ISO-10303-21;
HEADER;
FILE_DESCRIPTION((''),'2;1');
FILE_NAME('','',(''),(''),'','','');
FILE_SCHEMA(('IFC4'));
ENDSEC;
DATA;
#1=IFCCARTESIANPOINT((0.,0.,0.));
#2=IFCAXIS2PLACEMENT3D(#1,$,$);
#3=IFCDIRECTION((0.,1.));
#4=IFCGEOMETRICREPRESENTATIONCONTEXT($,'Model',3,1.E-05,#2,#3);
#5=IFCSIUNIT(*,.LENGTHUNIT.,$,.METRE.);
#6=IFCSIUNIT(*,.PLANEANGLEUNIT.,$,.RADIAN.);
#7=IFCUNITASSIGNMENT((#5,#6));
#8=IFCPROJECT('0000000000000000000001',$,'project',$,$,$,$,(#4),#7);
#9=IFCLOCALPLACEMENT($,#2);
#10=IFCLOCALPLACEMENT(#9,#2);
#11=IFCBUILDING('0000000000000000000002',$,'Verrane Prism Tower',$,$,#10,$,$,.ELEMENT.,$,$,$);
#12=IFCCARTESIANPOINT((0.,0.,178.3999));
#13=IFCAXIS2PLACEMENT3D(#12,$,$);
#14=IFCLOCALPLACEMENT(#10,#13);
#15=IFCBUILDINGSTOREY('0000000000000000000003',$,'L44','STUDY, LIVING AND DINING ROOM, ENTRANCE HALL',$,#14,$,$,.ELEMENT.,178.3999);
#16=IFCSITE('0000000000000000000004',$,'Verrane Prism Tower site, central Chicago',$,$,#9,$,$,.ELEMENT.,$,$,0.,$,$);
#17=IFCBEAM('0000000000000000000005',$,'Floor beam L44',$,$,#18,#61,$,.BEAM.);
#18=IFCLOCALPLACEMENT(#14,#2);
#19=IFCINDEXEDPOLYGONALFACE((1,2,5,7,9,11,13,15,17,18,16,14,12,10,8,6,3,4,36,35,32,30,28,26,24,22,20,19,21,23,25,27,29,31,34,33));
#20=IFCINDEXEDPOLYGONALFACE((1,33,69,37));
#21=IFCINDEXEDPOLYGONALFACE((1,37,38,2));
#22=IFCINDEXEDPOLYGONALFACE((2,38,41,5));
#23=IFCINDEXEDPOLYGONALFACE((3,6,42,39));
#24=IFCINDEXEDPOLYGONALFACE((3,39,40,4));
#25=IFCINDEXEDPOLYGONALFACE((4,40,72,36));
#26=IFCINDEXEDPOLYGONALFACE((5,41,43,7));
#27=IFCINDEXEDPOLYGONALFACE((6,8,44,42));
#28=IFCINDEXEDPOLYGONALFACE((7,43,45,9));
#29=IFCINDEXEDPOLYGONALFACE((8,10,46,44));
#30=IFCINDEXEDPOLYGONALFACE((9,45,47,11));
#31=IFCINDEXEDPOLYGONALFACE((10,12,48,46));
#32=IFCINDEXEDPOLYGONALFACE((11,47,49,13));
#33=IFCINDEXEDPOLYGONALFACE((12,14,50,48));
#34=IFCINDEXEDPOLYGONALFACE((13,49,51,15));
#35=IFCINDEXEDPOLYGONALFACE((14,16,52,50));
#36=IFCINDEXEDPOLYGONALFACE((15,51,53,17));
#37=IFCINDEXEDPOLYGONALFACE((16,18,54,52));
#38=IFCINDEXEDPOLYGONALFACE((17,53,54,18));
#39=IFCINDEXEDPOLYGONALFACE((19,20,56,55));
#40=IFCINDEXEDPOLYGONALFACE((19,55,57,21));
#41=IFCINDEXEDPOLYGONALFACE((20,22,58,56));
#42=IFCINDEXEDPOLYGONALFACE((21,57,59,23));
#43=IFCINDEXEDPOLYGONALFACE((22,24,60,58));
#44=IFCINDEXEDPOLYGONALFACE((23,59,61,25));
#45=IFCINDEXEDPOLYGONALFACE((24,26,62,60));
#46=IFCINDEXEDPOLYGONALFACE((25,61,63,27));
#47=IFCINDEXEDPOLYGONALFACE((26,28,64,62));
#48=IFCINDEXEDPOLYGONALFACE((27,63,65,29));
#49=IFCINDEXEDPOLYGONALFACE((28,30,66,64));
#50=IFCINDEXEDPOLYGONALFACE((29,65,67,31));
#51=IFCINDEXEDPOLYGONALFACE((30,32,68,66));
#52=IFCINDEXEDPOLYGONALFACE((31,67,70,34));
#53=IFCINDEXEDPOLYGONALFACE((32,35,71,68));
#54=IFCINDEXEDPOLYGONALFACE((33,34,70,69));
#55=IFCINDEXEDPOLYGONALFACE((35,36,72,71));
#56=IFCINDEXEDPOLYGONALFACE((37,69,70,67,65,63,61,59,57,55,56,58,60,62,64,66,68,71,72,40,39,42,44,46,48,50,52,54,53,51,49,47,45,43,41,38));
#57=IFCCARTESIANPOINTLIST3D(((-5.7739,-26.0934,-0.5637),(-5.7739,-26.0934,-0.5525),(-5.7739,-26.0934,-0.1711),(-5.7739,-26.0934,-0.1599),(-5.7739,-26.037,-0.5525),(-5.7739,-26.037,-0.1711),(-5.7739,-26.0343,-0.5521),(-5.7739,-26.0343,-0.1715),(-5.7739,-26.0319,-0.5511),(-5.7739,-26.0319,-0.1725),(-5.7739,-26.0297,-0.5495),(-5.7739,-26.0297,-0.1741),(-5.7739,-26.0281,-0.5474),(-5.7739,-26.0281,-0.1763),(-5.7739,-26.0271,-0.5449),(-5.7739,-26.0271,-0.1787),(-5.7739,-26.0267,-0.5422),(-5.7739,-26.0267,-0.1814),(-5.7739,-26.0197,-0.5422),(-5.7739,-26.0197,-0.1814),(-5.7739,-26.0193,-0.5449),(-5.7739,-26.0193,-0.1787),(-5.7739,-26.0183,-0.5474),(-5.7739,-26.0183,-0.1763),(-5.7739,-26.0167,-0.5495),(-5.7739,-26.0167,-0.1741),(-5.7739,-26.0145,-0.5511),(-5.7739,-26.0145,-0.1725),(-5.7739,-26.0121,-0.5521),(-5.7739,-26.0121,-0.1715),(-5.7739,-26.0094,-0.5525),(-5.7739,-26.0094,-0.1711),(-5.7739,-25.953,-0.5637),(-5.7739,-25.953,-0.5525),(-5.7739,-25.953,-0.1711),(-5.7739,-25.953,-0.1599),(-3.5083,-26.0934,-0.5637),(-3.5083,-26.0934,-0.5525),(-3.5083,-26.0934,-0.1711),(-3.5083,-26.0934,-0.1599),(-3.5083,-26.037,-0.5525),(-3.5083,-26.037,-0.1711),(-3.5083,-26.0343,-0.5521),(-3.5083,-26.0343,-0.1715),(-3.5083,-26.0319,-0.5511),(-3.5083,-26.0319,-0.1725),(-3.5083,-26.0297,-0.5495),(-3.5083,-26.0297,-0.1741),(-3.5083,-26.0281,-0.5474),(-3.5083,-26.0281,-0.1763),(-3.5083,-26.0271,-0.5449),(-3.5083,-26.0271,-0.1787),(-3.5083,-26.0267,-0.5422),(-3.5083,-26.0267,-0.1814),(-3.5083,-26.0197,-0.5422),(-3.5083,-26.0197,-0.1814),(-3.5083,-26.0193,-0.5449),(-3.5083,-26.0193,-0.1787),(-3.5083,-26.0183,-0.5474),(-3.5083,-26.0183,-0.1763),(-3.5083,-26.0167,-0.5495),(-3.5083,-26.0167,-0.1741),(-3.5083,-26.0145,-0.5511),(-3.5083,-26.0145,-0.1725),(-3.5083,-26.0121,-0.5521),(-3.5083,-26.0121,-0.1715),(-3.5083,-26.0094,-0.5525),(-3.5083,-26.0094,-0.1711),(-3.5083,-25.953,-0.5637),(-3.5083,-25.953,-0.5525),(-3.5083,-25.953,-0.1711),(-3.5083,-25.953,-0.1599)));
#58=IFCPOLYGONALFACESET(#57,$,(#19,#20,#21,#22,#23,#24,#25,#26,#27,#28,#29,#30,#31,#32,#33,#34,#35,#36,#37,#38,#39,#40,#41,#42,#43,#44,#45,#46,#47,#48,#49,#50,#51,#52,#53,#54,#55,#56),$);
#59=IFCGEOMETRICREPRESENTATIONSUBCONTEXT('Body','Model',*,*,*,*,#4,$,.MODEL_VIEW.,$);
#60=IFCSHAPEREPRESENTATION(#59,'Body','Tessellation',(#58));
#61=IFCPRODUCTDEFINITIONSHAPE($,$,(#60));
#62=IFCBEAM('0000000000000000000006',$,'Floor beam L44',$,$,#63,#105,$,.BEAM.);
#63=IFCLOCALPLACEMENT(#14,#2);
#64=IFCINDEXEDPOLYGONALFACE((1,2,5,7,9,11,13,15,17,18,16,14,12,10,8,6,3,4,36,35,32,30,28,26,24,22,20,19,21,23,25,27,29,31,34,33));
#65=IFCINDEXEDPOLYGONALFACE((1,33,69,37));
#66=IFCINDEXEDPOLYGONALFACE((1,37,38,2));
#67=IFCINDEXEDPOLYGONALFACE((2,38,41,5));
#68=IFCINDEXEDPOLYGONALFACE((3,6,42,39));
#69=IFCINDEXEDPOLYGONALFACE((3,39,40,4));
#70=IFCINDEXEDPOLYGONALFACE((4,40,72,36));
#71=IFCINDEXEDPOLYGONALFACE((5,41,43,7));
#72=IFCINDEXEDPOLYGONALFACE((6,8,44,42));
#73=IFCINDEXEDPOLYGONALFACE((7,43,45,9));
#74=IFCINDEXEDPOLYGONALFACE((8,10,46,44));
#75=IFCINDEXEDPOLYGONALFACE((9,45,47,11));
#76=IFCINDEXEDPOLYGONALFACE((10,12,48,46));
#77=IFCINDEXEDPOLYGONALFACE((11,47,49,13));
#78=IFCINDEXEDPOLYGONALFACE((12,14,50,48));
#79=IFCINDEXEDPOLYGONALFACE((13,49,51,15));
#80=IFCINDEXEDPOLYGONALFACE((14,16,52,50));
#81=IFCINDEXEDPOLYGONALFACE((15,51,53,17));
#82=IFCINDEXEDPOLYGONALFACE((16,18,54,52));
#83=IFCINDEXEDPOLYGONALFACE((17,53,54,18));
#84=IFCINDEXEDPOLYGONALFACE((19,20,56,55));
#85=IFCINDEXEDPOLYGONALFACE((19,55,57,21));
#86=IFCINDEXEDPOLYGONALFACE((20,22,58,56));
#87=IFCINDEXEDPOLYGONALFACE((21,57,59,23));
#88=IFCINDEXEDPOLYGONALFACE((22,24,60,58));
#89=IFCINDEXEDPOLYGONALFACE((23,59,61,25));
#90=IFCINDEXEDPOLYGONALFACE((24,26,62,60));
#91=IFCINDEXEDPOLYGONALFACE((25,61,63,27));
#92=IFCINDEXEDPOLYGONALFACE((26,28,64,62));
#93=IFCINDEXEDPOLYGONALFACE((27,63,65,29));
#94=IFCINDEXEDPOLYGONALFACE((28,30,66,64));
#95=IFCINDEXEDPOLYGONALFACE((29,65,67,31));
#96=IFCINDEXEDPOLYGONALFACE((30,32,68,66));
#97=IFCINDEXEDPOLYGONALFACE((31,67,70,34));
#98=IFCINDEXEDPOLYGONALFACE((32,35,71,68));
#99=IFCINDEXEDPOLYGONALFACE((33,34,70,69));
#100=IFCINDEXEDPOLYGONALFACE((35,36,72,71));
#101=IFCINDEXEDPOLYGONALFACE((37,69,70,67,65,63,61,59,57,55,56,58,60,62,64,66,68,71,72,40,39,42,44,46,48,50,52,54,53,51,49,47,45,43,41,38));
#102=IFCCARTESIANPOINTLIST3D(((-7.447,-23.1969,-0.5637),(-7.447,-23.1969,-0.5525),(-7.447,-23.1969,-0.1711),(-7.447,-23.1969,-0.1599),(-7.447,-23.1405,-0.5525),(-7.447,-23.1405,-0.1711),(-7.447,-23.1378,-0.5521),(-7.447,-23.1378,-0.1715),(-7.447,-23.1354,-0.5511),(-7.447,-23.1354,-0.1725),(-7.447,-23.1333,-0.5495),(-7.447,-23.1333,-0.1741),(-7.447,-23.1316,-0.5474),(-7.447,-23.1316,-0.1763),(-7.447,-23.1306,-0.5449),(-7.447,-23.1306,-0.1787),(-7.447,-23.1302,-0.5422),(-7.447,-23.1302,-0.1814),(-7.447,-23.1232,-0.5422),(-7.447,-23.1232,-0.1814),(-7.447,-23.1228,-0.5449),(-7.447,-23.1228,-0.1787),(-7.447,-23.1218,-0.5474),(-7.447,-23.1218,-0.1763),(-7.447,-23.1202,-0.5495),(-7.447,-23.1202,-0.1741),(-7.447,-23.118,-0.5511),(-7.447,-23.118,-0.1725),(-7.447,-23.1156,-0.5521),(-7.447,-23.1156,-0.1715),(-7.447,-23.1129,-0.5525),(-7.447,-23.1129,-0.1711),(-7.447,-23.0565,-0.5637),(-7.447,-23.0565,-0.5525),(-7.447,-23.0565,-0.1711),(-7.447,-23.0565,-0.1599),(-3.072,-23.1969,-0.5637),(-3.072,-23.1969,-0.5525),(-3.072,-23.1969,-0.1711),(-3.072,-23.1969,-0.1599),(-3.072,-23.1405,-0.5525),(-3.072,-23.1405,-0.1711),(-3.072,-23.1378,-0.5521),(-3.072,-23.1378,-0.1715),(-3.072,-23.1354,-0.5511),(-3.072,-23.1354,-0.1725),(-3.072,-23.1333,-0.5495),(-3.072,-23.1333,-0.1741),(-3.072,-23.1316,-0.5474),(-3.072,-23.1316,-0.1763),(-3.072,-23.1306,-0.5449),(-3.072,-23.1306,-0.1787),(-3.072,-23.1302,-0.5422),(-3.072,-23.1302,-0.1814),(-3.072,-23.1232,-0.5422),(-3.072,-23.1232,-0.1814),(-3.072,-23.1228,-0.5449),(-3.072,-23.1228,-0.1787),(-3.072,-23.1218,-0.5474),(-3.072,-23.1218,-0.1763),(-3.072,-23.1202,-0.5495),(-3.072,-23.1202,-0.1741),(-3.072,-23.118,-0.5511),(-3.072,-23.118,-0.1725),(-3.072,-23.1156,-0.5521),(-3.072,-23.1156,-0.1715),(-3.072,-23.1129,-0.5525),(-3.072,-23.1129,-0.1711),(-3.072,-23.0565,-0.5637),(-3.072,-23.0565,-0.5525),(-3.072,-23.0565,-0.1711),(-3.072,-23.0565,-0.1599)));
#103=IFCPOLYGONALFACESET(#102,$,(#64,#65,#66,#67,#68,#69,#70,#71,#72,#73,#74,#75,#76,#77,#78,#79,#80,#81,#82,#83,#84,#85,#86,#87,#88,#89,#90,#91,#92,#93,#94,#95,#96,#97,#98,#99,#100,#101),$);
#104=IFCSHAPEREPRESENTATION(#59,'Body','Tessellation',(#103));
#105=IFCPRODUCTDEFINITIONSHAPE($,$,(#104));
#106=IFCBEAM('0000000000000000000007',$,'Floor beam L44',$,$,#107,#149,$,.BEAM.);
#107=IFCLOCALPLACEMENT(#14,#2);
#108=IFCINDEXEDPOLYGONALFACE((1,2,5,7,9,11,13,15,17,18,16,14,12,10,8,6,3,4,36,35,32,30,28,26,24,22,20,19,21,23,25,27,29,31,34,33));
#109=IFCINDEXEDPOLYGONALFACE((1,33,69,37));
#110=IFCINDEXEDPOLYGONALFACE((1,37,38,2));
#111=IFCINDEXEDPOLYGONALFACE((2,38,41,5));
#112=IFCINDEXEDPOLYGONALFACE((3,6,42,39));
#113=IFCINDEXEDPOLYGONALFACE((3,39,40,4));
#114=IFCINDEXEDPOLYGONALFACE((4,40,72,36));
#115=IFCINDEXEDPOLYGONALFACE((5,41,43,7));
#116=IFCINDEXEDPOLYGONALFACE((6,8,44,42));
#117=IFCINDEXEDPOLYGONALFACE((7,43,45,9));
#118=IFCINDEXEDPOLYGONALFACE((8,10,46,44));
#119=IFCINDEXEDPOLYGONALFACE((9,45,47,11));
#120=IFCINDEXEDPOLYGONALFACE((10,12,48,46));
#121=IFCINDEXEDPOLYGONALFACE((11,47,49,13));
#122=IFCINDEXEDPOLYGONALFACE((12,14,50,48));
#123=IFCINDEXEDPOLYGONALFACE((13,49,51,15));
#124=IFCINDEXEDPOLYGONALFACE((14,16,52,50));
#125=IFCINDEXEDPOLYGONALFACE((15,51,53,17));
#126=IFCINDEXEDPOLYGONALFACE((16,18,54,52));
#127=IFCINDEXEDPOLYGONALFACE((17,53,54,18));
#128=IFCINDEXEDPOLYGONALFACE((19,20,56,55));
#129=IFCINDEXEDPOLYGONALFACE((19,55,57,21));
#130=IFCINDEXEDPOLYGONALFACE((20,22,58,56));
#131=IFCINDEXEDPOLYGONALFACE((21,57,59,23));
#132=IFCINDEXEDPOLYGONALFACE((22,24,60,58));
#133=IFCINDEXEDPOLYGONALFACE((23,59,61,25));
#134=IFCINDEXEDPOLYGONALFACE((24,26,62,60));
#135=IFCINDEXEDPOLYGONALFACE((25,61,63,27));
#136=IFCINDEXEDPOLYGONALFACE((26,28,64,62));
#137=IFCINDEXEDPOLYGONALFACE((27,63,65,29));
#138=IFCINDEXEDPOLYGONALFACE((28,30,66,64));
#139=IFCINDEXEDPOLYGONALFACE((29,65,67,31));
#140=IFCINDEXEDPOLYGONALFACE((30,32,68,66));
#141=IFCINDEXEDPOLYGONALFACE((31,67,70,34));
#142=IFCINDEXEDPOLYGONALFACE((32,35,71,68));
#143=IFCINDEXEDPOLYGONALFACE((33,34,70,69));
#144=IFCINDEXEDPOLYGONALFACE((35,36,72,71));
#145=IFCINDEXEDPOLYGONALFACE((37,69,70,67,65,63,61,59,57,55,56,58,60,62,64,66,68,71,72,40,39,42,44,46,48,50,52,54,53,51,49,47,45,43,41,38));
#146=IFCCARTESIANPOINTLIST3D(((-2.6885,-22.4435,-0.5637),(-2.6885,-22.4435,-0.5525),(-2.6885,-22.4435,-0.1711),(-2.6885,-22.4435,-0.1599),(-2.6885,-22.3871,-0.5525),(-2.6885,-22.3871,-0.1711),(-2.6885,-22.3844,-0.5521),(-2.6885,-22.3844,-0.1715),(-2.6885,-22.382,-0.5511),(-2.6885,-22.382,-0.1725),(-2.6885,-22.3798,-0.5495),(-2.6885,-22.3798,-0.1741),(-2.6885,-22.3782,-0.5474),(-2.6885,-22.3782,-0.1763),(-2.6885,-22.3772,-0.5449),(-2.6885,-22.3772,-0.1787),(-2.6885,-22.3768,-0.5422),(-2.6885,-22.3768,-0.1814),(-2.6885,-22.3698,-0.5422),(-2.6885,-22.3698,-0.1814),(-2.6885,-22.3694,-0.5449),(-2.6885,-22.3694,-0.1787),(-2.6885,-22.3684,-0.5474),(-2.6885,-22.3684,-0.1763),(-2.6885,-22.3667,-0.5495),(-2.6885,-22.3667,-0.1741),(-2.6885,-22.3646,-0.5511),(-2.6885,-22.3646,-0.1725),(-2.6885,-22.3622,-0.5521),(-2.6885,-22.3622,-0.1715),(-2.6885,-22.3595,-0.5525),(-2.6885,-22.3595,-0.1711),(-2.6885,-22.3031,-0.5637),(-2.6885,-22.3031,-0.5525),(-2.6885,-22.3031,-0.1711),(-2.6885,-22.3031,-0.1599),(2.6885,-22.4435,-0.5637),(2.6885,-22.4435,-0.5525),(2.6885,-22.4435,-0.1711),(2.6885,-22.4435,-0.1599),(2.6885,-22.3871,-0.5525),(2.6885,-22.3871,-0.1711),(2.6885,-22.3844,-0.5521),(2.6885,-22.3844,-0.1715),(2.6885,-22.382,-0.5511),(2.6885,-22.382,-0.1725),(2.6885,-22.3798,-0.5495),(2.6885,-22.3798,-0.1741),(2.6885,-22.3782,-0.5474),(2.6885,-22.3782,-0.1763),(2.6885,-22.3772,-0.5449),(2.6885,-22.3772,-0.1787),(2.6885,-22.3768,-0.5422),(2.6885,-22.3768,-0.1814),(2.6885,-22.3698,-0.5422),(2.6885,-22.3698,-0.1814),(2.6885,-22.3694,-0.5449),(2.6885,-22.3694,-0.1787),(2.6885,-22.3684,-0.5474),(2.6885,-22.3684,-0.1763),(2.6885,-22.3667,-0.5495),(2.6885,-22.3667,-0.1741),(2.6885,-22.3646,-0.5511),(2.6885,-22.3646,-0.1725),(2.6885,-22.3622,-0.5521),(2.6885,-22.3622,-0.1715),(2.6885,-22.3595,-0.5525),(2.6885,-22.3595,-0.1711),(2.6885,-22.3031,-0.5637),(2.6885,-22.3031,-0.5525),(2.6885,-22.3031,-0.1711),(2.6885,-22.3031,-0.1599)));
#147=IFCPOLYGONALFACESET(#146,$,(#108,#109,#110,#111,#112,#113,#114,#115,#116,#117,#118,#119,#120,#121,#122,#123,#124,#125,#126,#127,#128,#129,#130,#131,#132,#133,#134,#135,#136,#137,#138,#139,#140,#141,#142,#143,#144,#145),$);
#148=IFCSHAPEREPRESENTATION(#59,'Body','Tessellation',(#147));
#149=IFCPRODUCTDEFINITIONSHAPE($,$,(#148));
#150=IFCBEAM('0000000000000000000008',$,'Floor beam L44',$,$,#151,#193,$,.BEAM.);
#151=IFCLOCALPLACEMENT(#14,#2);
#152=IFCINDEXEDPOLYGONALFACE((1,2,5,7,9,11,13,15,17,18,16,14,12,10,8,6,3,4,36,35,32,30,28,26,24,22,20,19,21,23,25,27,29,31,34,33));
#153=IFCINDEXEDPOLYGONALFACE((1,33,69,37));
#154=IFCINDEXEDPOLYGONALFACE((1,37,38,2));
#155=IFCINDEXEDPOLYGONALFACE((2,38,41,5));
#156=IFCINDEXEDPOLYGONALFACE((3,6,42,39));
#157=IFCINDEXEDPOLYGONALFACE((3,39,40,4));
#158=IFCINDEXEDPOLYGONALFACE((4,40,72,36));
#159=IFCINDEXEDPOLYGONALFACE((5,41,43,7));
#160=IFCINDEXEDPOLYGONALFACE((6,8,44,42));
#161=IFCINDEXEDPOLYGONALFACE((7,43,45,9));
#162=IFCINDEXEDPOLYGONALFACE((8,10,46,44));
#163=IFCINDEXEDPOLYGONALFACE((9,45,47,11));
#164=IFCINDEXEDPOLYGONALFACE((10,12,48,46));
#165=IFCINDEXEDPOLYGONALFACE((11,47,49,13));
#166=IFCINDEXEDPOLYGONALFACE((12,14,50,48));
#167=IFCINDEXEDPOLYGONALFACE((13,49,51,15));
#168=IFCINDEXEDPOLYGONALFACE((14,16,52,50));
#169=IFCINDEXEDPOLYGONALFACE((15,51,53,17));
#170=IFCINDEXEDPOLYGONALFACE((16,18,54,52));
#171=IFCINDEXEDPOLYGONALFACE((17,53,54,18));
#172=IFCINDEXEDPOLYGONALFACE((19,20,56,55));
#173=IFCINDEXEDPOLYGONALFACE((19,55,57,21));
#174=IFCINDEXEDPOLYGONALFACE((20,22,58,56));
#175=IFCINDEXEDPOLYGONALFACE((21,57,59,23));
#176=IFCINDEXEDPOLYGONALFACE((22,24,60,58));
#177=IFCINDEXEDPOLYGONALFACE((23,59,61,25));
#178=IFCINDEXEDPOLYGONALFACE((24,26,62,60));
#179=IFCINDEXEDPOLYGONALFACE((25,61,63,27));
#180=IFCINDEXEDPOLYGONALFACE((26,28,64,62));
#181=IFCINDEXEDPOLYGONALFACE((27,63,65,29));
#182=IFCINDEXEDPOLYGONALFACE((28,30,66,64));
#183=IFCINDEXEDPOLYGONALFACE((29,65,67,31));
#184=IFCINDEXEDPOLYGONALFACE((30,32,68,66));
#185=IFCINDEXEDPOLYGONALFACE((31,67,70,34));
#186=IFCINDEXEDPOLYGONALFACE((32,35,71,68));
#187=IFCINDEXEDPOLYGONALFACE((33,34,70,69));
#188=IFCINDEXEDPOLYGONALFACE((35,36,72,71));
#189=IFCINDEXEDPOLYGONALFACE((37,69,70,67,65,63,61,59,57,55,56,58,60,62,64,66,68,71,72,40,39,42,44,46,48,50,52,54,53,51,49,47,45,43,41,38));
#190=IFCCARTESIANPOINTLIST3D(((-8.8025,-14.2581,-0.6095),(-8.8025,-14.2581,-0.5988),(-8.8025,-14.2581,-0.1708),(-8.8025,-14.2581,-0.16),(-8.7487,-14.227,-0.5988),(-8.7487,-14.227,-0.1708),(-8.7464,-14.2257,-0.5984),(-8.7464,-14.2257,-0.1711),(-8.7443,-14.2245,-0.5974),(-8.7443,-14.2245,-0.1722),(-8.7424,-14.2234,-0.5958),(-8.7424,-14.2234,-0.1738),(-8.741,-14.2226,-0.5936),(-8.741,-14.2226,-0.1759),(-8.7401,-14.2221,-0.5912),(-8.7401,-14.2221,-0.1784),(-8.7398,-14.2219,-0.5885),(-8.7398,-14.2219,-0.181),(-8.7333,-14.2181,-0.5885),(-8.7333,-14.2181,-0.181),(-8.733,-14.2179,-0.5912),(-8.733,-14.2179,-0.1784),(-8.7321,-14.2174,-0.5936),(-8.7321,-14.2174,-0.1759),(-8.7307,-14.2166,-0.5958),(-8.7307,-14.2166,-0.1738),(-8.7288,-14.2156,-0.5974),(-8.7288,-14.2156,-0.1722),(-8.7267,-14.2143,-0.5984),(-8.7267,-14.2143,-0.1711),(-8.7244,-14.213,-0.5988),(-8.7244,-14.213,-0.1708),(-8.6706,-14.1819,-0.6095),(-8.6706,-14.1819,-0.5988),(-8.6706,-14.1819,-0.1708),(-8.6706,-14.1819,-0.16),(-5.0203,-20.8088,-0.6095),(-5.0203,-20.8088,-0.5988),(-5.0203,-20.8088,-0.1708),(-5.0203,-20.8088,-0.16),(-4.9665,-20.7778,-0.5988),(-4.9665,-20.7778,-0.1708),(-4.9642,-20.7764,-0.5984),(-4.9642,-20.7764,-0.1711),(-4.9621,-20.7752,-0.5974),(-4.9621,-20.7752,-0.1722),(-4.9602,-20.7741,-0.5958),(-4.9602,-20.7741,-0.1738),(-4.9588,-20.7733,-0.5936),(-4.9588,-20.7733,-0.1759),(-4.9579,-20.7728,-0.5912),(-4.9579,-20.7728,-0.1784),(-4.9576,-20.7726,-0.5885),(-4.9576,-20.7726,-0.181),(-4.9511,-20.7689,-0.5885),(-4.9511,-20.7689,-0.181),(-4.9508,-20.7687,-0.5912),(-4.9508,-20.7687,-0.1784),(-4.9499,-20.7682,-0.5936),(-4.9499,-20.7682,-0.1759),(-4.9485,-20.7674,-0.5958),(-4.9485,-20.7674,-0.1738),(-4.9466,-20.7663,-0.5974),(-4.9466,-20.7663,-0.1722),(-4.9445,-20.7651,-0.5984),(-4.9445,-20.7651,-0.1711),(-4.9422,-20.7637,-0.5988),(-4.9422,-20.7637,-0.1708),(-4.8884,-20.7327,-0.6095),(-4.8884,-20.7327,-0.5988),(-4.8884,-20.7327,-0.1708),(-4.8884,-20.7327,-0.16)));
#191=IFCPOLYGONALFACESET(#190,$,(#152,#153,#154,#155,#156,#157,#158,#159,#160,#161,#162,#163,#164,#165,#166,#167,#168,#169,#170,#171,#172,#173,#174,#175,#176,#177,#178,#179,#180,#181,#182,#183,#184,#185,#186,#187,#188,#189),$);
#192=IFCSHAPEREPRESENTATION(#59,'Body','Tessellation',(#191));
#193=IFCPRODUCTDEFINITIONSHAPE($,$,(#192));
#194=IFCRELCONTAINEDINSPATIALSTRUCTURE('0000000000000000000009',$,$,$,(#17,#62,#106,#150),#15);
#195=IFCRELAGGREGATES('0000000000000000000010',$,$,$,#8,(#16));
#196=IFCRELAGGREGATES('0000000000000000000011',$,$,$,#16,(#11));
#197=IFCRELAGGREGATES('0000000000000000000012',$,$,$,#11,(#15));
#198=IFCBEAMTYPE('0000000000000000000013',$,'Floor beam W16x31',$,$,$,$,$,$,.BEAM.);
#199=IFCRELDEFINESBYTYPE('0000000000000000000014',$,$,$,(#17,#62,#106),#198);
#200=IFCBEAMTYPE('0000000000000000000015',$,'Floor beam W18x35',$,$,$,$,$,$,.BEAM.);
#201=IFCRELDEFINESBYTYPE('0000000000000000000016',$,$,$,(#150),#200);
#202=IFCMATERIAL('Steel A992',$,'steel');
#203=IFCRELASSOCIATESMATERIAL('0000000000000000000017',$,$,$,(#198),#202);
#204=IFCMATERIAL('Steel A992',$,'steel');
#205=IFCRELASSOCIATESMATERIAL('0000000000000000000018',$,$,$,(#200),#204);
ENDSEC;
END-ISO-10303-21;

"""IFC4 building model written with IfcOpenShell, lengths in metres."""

from ifc_helpers import new_model, si_unit, direction, frame, origin, origin_2d, place, context, subcontext, project, spatial, i_section, extrude, material, material_profile, profile_set, type_object, element, save


model = new_model("IFC4")

# Units and contexts
model_context = context("Model", 3, precision=1e-05, world=origin(), true_north=direction((0.0, 1.0)))
body_context = subcontext(model_context, "Body", "Model", "MODEL_VIEW")
ifc_project = project(units=[si_unit("LENGTHUNIT", "METRE"), si_unit("PLANEANGLEUNIT", "RADIAN")], contexts=[model_context])

# Site, building, storey
site_placement = place(None, origin())
site = spatial("IfcSite", under=ifc_project, at=site_placement, Name="Verrane Prism Tower site, central Chicago", CompositionType="ELEMENT", RefElevation=0.0)
building_placement = place(site_placement, origin())
building = spatial("IfcBuilding", under=site, at=building_placement, Name="Verrane Prism Tower", CompositionType="ELEMENT")
storey_placement = place(building_placement, frame((0.0, 0.0, 178.3999)))
storey = spatial("IfcBuildingStorey", under=building, at=storey_placement, Name="L44", Description="STUDY, LIVING AND DINING ROOM, ENTRANCE HALL", CompositionType="ELEMENT", Elevation=178.3999)

# Beams
ifc_material_1 = material(Name="Steel A992", Category="steel")
ifc_material_profile_1 = material_profile(ifc_material_1, i_section(OverallWidth=0.1404, OverallDepth=0.4038, WebThickness=0.0071, FlangeThickness=0.0112, FilletRadius=0.0103, at=origin_2d()), Name="W16x31")
ifc_profile_set_1 = profile_set([ifc_material_profile_1], Name="Steel A992")
beam_type_1 = type_object("IfcBeamType", Name="Floor beam W16x31", PredefinedType="BEAM", material=ifc_profile_set_1)
beam_1_placement = place(storey_placement, frame((-5.7739, -26.0232, -0.3618), z_axis=(1.0, 0.0, 0.0), x_axis=(0.0, 1.0, 0.0)))
element("IfcBeam", 1, at=beam_1_placement, inside=storey, type_object=beam_type_1, Name="Floor beam L44", PredefinedType="BEAM", context=body_context, shape_type="SweptSolid", body=[
    extrude(i_section(OverallWidth=0.1404, OverallDepth=0.4038, WebThickness=0.0071, FlangeThickness=0.0112, FilletRadius=0.0103, at=origin_2d()), origin(), (0.0, 0.0, 1.0), 2.2656),
])
beam_2_placement = place(storey_placement, frame((-7.447, -23.1267, -0.3618), z_axis=(1.0, 0.0, 0.0), x_axis=(0.0, 1.0, 0.0)))
element("IfcBeam", 2, at=beam_2_placement, inside=storey, type_object=beam_type_1, Name="Floor beam L44", PredefinedType="BEAM", context=body_context, shape_type="SweptSolid", body=[
    extrude(i_section(OverallWidth=0.1404, OverallDepth=0.4038, WebThickness=0.0071, FlangeThickness=0.0112, FilletRadius=0.0103, at=origin_2d()), origin(), (0.0, 0.0, 1.0), 4.375),
])
beam_3_placement = place(storey_placement, frame((-2.6885, -22.3733, -0.3618), z_axis=(1.0, 0.0, 0.0), x_axis=(0.0, 1.0, 0.0)))
element("IfcBeam", 3, at=beam_3_placement, inside=storey, type_object=beam_type_1, Name="Floor beam L44", PredefinedType="BEAM", context=body_context, shape_type="SweptSolid", body=[
    extrude(i_section(OverallWidth=0.1404, OverallDepth=0.4038, WebThickness=0.0071, FlangeThickness=0.0112, FilletRadius=0.0103, at=origin_2d()), origin(), (0.0, 0.0, 1.0), 5.377),
])
ifc_material_2 = material(Name="Steel A992", Category="steel")
ifc_material_profile_2 = material_profile(ifc_material_2, i_section(OverallWidth=0.1523, OverallDepth=0.4495, WebThickness=0.0076, FlangeThickness=0.0107, FilletRadius=0.0103, at=origin_2d()), Name="W18x35")
ifc_profile_set_2 = profile_set([ifc_material_profile_2], Name="Steel A992")
beam_type_2 = type_object("IfcBeamType", Name="Floor beam W18x35", PredefinedType="BEAM", material=ifc_profile_set_2)
beam_4_placement = place(storey_placement, frame((-4.9543, -20.7708, -0.3848), z_axis=(-0.500013, 0.866018, 0.0), x_axis=(-0.866018, -0.500013, 0.0)))
element("IfcBeam", 4, at=beam_4_placement, inside=storey, type_object=beam_type_2, Name="Floor beam L44", PredefinedType="BEAM", context=body_context, shape_type="SweptSolid", body=[
    extrude(i_section(OverallWidth=0.1523, OverallDepth=0.4495, WebThickness=0.0076, FlangeThickness=0.0107, FilletRadius=0.0103, at=origin_2d()), origin(), (0.0, 0.0, 1.0), 7.5642),
])

save(model, "model.ifc")
